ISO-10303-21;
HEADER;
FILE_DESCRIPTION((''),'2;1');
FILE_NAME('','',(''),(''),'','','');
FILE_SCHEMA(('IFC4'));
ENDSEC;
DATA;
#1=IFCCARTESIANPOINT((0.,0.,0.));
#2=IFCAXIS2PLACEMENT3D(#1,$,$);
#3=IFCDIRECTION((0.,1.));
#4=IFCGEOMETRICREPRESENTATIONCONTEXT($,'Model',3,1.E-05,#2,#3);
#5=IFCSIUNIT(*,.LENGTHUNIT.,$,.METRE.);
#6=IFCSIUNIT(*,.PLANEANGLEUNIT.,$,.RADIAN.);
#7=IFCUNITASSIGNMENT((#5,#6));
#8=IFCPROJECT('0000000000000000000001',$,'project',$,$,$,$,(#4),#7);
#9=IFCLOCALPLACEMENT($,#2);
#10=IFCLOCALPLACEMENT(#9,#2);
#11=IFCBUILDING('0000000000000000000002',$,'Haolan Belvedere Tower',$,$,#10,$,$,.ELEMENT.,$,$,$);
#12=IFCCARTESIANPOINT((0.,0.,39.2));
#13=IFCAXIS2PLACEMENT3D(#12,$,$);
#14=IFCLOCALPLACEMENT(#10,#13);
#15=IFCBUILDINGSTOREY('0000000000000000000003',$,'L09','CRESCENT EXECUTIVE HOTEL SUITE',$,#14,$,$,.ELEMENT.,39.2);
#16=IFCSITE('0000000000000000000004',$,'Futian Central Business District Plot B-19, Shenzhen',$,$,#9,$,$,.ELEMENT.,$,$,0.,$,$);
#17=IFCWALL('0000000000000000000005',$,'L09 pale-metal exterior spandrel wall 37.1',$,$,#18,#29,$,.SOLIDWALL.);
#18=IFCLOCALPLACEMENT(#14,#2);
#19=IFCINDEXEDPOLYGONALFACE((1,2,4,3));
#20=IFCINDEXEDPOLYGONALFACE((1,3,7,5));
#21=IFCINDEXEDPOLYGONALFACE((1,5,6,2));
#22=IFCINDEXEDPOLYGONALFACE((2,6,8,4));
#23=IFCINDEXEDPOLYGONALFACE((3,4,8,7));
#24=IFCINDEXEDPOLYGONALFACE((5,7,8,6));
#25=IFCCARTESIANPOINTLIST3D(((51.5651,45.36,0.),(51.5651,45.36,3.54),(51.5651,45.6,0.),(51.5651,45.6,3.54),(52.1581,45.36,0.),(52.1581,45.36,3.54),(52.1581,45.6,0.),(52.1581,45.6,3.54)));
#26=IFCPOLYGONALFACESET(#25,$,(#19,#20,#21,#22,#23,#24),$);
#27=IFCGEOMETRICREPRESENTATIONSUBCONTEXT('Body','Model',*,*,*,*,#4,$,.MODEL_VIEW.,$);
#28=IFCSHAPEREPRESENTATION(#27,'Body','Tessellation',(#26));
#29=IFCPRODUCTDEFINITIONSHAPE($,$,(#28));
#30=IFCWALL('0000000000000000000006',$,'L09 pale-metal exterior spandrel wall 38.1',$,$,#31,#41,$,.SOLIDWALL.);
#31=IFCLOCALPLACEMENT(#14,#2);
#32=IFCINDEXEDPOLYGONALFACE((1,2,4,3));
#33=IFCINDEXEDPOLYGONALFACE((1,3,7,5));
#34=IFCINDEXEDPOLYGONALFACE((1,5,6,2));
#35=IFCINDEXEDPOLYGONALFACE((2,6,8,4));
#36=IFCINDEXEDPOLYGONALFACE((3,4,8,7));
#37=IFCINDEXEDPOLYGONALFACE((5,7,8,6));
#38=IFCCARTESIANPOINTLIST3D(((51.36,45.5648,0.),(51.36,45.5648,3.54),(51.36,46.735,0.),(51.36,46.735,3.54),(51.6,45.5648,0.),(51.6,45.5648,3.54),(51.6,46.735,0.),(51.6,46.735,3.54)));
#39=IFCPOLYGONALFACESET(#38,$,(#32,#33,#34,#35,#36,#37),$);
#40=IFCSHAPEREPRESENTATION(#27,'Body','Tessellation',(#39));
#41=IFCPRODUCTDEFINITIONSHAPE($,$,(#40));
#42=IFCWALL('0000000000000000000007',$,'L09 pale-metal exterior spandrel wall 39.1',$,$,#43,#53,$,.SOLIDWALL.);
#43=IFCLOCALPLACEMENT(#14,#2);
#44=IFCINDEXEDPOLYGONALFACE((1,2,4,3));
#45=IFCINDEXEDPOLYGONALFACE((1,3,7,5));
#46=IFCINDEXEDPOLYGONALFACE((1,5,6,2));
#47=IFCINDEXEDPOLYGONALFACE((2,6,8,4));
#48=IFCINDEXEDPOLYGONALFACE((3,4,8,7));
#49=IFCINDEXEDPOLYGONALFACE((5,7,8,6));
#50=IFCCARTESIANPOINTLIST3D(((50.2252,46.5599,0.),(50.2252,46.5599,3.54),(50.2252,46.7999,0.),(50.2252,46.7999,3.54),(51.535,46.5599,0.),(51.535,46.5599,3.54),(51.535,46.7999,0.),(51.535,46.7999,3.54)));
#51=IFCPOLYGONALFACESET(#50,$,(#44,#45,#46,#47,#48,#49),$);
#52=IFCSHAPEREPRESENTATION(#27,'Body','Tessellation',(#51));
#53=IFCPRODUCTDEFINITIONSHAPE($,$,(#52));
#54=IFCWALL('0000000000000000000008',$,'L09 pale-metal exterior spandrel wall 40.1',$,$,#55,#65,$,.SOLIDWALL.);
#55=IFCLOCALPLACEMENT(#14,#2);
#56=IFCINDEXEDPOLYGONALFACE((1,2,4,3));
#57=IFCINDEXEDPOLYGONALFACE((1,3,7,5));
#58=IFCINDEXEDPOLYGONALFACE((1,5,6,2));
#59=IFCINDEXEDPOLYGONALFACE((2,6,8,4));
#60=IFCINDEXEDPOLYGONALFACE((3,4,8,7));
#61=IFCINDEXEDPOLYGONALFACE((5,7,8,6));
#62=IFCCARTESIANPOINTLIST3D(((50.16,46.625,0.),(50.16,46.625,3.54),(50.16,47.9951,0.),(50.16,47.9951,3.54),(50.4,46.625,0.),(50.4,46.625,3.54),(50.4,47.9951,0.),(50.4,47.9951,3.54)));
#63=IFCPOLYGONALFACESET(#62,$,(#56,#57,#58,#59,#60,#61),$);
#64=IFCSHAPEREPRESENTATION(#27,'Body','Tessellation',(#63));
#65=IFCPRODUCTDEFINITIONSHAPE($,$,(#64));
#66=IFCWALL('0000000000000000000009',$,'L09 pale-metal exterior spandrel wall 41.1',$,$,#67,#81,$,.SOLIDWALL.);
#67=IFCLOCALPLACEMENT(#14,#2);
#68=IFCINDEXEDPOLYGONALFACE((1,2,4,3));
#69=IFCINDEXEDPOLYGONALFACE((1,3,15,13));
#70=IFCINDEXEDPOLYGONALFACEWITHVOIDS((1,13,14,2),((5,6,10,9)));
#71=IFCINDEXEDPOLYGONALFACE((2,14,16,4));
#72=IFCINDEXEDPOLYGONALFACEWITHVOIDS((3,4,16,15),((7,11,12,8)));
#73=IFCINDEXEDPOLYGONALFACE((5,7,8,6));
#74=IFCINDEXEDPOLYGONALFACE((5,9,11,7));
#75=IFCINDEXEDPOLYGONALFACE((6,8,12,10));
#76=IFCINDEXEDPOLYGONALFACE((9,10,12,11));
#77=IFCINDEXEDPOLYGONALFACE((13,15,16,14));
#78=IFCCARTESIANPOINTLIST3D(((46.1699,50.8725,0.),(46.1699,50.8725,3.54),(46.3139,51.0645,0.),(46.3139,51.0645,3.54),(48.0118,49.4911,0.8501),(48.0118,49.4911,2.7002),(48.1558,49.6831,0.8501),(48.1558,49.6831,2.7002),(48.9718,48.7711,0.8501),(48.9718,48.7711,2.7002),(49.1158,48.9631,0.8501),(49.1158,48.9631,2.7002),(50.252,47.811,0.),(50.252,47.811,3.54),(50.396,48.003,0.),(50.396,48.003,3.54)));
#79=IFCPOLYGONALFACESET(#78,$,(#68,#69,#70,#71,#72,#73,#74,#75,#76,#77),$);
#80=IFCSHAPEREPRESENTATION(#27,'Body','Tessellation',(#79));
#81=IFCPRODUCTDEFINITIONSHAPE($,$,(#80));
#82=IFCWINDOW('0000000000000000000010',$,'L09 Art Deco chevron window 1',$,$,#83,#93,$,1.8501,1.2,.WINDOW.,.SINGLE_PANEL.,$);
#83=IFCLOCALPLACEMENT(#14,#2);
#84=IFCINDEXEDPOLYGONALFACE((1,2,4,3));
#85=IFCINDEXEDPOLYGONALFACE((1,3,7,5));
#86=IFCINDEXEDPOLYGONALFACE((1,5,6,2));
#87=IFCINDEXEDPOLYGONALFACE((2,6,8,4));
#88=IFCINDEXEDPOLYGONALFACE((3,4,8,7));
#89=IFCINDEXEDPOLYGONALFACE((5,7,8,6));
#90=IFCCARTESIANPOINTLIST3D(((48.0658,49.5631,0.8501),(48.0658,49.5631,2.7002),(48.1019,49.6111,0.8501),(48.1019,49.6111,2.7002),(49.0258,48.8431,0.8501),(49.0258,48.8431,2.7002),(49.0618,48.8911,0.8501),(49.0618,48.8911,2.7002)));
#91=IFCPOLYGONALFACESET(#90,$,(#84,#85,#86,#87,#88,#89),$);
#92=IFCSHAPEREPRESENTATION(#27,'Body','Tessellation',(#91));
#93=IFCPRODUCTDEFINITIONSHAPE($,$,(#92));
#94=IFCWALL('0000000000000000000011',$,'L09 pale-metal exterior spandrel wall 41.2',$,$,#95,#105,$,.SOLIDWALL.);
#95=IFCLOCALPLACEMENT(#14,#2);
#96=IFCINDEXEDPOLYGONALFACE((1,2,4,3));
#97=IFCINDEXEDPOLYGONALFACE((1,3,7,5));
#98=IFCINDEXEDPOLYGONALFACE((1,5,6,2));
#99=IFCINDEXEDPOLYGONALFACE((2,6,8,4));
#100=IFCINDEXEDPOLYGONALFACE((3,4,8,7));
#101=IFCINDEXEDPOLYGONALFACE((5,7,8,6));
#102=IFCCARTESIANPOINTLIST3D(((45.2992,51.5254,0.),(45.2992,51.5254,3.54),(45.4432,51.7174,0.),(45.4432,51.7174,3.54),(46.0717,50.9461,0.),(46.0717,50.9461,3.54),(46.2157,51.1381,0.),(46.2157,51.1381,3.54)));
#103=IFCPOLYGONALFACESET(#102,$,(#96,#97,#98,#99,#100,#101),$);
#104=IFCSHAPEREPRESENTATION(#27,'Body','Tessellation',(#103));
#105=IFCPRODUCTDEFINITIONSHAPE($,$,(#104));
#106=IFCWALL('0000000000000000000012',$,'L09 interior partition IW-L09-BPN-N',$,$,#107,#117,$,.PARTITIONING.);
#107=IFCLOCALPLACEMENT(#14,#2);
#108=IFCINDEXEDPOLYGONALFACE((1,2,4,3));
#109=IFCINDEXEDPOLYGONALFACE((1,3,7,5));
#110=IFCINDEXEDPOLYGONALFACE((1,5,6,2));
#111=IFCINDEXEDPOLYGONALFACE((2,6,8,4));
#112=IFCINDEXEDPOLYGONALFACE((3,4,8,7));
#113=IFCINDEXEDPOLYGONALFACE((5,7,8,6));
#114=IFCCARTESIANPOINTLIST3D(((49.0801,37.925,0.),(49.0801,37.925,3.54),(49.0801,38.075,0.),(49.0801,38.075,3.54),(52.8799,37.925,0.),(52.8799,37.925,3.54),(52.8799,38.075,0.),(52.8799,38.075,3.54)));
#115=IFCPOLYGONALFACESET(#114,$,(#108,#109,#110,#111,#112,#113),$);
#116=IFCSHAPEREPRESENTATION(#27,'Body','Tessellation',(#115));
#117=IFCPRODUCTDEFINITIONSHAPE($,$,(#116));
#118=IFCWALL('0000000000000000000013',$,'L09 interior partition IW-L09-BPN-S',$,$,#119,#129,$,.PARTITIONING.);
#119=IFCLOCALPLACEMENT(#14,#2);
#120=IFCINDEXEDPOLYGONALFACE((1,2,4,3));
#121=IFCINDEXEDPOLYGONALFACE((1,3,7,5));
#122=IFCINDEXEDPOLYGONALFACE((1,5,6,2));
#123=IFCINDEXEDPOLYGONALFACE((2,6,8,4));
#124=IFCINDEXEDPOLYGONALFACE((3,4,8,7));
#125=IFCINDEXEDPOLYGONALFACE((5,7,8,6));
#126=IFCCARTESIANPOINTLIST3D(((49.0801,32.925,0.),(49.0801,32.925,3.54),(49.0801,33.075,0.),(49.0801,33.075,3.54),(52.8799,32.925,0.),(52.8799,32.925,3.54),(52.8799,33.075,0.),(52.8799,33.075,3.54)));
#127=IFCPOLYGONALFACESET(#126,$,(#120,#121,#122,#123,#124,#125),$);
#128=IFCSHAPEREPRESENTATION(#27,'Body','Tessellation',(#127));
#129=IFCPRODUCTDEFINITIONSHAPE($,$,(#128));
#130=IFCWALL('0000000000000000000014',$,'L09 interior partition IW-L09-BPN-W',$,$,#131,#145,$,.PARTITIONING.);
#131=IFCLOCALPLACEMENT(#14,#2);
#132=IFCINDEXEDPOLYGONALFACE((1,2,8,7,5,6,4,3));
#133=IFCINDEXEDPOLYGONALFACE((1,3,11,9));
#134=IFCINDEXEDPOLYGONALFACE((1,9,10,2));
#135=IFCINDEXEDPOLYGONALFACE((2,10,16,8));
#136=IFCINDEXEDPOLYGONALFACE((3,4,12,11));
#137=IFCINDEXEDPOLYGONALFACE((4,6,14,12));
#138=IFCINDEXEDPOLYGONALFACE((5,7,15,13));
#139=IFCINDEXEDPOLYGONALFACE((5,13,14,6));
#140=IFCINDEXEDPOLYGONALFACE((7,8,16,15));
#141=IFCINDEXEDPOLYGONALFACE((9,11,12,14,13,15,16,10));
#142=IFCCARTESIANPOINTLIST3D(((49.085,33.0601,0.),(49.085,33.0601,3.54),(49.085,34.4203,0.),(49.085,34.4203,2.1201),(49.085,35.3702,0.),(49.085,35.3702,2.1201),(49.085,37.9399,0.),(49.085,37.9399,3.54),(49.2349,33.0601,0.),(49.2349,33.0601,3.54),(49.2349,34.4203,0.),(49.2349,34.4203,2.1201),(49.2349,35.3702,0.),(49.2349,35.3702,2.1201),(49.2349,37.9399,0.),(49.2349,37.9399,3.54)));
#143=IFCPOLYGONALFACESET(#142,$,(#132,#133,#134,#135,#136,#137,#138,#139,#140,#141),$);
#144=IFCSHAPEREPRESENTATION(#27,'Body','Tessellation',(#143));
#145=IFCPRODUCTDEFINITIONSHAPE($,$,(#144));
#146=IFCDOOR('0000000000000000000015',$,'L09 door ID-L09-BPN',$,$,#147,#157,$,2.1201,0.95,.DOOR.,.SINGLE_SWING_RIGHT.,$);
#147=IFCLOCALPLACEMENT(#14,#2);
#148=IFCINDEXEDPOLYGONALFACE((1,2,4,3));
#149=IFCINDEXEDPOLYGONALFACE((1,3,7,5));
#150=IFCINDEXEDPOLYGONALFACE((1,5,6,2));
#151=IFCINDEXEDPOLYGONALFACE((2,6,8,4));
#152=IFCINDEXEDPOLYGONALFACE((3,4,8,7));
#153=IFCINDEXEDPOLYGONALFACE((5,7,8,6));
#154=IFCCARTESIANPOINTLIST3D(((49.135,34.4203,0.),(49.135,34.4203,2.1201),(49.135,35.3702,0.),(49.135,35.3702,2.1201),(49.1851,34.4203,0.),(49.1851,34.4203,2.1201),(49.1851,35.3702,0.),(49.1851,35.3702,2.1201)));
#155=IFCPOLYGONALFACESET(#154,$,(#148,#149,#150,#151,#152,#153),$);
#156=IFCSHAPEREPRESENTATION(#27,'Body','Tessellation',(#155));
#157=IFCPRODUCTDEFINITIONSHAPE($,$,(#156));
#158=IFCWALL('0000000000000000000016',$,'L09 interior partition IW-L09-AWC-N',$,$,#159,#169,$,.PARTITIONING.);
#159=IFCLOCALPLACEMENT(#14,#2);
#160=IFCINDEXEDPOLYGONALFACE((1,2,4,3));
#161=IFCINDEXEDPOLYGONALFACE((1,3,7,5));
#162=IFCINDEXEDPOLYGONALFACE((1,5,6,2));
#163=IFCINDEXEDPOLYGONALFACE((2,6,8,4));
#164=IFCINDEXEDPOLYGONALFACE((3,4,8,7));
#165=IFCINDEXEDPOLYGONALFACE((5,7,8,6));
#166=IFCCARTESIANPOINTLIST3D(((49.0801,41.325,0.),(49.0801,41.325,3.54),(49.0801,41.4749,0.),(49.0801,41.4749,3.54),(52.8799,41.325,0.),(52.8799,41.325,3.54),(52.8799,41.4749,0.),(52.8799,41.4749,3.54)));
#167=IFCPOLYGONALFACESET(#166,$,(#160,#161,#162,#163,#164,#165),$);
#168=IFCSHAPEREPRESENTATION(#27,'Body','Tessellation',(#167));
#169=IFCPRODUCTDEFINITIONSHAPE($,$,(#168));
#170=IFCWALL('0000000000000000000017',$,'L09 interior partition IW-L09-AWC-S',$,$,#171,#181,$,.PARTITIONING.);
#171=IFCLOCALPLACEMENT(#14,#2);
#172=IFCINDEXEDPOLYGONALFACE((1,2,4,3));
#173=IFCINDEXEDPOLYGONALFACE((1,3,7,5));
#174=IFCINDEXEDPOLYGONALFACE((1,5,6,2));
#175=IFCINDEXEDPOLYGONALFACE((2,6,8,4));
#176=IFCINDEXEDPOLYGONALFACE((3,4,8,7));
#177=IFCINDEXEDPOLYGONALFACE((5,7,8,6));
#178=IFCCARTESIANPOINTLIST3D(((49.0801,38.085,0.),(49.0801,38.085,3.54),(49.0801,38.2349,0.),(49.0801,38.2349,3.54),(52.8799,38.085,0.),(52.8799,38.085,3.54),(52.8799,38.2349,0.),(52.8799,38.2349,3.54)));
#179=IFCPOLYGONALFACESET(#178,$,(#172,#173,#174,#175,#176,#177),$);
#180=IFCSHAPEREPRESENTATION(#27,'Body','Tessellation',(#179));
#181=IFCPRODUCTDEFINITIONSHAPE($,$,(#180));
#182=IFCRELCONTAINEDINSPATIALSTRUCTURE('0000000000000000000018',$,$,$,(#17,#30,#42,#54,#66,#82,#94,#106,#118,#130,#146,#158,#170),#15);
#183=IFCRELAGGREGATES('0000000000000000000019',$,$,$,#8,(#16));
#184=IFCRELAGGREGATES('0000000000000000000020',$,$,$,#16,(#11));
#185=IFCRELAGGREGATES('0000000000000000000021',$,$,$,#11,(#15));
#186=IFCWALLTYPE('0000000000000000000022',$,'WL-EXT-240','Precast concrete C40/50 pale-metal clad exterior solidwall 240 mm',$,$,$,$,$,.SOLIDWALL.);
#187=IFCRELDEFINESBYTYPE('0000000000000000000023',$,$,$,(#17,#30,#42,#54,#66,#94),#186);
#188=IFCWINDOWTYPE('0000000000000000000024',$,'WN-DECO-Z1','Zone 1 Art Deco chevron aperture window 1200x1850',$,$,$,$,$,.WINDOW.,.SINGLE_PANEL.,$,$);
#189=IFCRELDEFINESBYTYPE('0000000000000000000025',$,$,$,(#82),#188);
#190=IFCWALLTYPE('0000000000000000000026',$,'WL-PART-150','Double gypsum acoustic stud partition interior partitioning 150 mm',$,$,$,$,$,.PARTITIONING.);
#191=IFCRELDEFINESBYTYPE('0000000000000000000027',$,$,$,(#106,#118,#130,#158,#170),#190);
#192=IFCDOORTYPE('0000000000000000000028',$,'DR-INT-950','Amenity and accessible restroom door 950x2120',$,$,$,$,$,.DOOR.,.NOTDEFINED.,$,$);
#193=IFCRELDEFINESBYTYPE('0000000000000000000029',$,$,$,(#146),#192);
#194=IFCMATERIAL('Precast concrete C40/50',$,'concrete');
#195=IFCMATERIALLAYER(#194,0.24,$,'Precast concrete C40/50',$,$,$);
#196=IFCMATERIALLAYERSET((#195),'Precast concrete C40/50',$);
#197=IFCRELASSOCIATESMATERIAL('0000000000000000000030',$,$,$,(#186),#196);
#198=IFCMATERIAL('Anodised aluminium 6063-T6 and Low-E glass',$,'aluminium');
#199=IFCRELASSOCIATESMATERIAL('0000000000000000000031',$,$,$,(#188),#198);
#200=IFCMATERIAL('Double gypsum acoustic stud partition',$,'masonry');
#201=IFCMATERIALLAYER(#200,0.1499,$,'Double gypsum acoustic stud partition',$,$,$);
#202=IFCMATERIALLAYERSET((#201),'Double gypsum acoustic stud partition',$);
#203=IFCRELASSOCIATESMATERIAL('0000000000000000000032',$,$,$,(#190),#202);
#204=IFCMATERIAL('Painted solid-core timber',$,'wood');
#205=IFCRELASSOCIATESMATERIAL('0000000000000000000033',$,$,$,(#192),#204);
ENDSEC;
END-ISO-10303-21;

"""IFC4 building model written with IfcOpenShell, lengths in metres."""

from ifc_helpers import new_model, si_unit, direction, frame, frame_2d, origin, place, context, subcontext, project, spatial, rectangle, extrude, material, layer, layer_set, type_object, element, fill, save


model = new_model("IFC4")

# Units and contexts
model_context = context("Model", 3, precision=1e-05, world=origin(), true_north=direction((0.0, 1.0)))
body_context = subcontext(model_context, "Body", "Model", "MODEL_VIEW")
ifc_project = project(units=[si_unit("LENGTHUNIT", "METRE"), si_unit("PLANEANGLEUNIT", "RADIAN")], contexts=[model_context])

# Site, building, storey
site_placement = place(None, origin())
site = spatial("IfcSite", under=ifc_project, at=site_placement, Name="Futian Central Business District Plot B-19, Shenzhen", CompositionType="ELEMENT", RefElevation=0.0)
building_placement = place(site_placement, origin())
building = spatial("IfcBuilding", under=site, at=building_placement, Name="Haolan Belvedere Tower", CompositionType="ELEMENT")
storey_placement = place(building_placement, frame((0.0, 0.0, 39.2)))
storey = spatial("IfcBuildingStorey", under=building, at=storey_placement, Name="L09", Description="CRESCENT EXECUTIVE HOTEL SUITE", CompositionType="ELEMENT", Elevation=39.2)

# Walls
ifc_material_1 = material(Name="Precast concrete C40/50", Category="concrete")
ifc_layer_1 = layer(ifc_material_1, 0.24, Name="Precast concrete C40/50")
ifc_layer_set_1 = layer_set([ifc_layer_1], Name="Precast concrete C40/50")
wall_type_1 = type_object("IfcWallType", Name="WL-EXT-240", Description="Precast concrete C40/50 pale-metal clad exterior solidwall 240 mm", PredefinedType="SOLIDWALL", material=ifc_layer_set_1)
wall_1_placement = place(storey_placement, frame((52.158, 45.48, 0.0), z_axis=(0.0, 0.0, 1.0), x_axis=(-1.0, 0.0, 0.0)))
element("IfcWall", 1, at=wall_1_placement, inside=storey, type_object=wall_type_1, Name="L09 pale-metal exterior spandrel wall 37.1", PredefinedType="SOLIDWALL", context=body_context, shape_type="SweptSolid", body=[
    extrude(rectangle(XDim=0.593, YDim=0.24, at=frame_2d((0.2964, 0.0))), origin(), (0.0, 0.0, 1.0), 3.54),
])
wall_2_placement = place(storey_placement, frame((51.48, 45.5649, 0.0), z_axis=(0.0, 0.0, 1.0), x_axis=(0.0, 1.0, 0.0)))
element("IfcWall", 2, at=wall_2_placement, inside=storey, type_object=wall_type_1, Name="L09 pale-metal exterior spandrel wall 38.1", PredefinedType="SOLIDWALL", context=body_context, shape_type="SweptSolid", body=[
    extrude(rectangle(XDim=1.1702, YDim=0.24, at=frame_2d((0.585, 0.0))), origin(), (0.0, 0.0, 1.0), 3.54),
])
wall_3_placement = place(storey_placement, frame((51.5349, 46.6799, 0.0), z_axis=(0.0, 0.0, 1.0), x_axis=(-1.0, 0.0, 0.0)))
element("IfcWall", 3, at=wall_3_placement, inside=storey, type_object=wall_type_1, Name="L09 pale-metal exterior spandrel wall 39.1", PredefinedType="SOLIDWALL", context=body_context, shape_type="SweptSolid", body=[
    extrude(rectangle(XDim=1.3098, YDim=0.24, at=frame_2d((0.6548, 0.0))), origin(), (0.0, 0.0, 1.0), 3.54),
])
wall_4_placement = place(storey_placement, frame((50.28, 46.625, 0.0), z_axis=(0.0, 0.0, 1.0), x_axis=(0.0, 1.0, 0.0)))
element("IfcWall", 4, at=wall_4_placement, inside=storey, type_object=wall_type_1, Name="L09 pale-metal exterior spandrel wall 40.1", PredefinedType="SOLIDWALL", context=body_context, shape_type="SweptSolid", body=[
    extrude(rectangle(XDim=1.3701, YDim=0.24, at=frame_2d((0.6851, 0.0))), origin(), (0.0, 0.0, 1.0), 3.54),
])

# Wall, opening, window
wall_5_placement = place(storey_placement, frame((50.324, 47.907, 0.0), z_axis=(0.0, 0.0, 1.0), x_axis=(-0.8, 0.6, 0.0)))
wall_5 = element("IfcWall", 5, at=wall_5_placement, inside=storey, type_object=wall_type_1, Name="L09 pale-metal exterior spandrel wall 41.1", PredefinedType="SOLIDWALL", context=body_context, shape_type="SweptSolid", body=[
    extrude(rectangle(XDim=5.1025, YDim=0.24, at=frame_2d((2.5513, 0.0))), origin(), (0.0, 0.0, 1.0), 3.54),
])
opening_1_placement = place(wall_5_placement, frame((1.6001, 0.0, 0.8501)))
opening_1 = element("IfcOpeningElement", 6, at=opening_1_placement, cuts=wall_5, PredefinedType="OPENING", context=body_context, shape_type="SweptSolid", body=[
    extrude(rectangle(XDim=1.2, YDim=1.8501, at=frame_2d((0.6001, 0.925))), frame((0.0, 0.1299, 0.0), z_axis=(0.0, -1.0, 0.0), x_axis=(1.0, 0.0, 0.0)), (0.0, 0.0, 1.0), 0.26),
])
ifc_material_2 = material(Name="Anodised aluminium 6063-T6 and Low-E glass", Category="aluminium")
window_type = type_object("IfcWindowType", Name="WN-DECO-Z1", Description="Zone 1 Art Deco chevron aperture window 1200x1850", PartitioningType="SINGLE_PANEL", PredefinedType="WINDOW", material=ifc_material_2)
window_placement = place(opening_1_placement, origin())
window = element("IfcWindow", 7, at=window_placement, inside=storey, type_object=window_type, Name="L09 Art Deco chevron window 1", OverallHeight=1.8501, OverallWidth=1.2, PartitioningType="SINGLE_PANEL", PredefinedType="WINDOW", context=body_context, shape_type="SweptSolid", body=[
    extrude(rectangle(XDim=1.2, YDim=1.8501, at=frame_2d((0.6001, 0.925))), frame((0.0, 0.03, 0.0), z_axis=(0.0, -1.0, 0.0), x_axis=(1.0, 0.0, 0.0)), (0.0, 0.0, 1.0), 0.0601),
])
fill(opening_1, window)

# Walls
wall_6_placement = place(storey_placement, frame((46.1438, 51.042, 0.0), z_axis=(0.0, 0.0, 1.0), x_axis=(-0.8, 0.6, 0.0)))
element("IfcWall", 8, at=wall_6_placement, inside=storey, type_object=wall_type_1, Name="L09 pale-metal exterior spandrel wall 41.2", PredefinedType="SOLIDWALL", context=body_context, shape_type="SweptSolid", body=[
    extrude(rectangle(XDim=0.9656, YDim=0.24, at=frame_2d((0.4829, 0.0))), origin(), (0.0, 0.0, 1.0), 3.54),
])
ifc_material_3 = material(Name="Double gypsum acoustic stud partition", Category="masonry")
ifc_layer_2 = layer(ifc_material_3, 0.1499, Name="Double gypsum acoustic stud partition")
ifc_layer_set_2 = layer_set([ifc_layer_2], Name="Double gypsum acoustic stud partition")
wall_type_2 = type_object("IfcWallType", Name="WL-PART-150", Description="Double gypsum acoustic stud partition interior partitioning 150 mm", PredefinedType="PARTITIONING", material=ifc_layer_set_2)
for number, where, z_axis, x_axis, name in (
    (9, (49.0801, 38.0, 0.0), (0.0, 0.0, 1.0), (1.0, 0.0, 0.0), "L09 interior partition IW-L09-BPN-N"),
    (10, (49.0801, 33.0, 0.0), (0.0, 0.0, 1.0), (1.0, 0.0, 0.0), "L09 interior partition IW-L09-BPN-S"),
):
    element("IfcWall", number, at=place(storey_placement, frame(where, z_axis=z_axis, x_axis=x_axis)), inside=storey, type_object=wall_type_2, Name=name, PredefinedType="PARTITIONING", context=body_context, shape_type="SweptSolid", body=[
        extrude(rectangle(XDim=3.7998, YDim=0.1499, at=frame_2d((1.8999, 0.0))), origin(), (0.0, 0.0, 1.0), 3.54),
    ])

# Wall, opening, door
wall_7_placement = place(storey_placement, frame((49.1599, 33.0601, 0.0), z_axis=(0.0, 0.0, 1.0), x_axis=(0.0, 1.0, 0.0)))
wall_7 = element("IfcWall", 11, at=wall_7_placement, inside=storey, type_object=wall_type_2, Name="L09 interior partition IW-L09-BPN-W", PredefinedType="PARTITIONING", context=body_context, shape_type="SweptSolid", body=[
    extrude(rectangle(XDim=4.8799, YDim=0.1499, at=frame_2d((2.4399, 0.0))), origin(), (0.0, 0.0, 1.0), 3.54),
])
opening_2_placement = place(wall_7_placement, frame((1.3601, 0.0, 0.0)))
opening_2 = element("IfcOpeningElement", 12, at=opening_2_placement, cuts=wall_7, PredefinedType="OPENING", context=body_context, shape_type="SweptSolid", body=[
    extrude(rectangle(XDim=0.95, YDim=2.1201, at=frame_2d((0.4751, 1.0601))), frame((0.0, 0.085, 0.0), z_axis=(0.0, -1.0, 0.0), x_axis=(1.0, 0.0, 0.0)), (0.0, 0.0, 1.0), 0.1699),
])
ifc_material_4 = material(Name="Painted solid-core timber", Category="wood")
door_type = type_object("IfcDoorType", Name="DR-INT-950", Description="Amenity and accessible restroom door 950x2120", OperationType="NOTDEFINED", PredefinedType="DOOR", material=ifc_material_4)
door_1_placement = place(opening_2_placement, origin())
door_1 = element("IfcDoor", 13, at=door_1_placement, inside=storey, type_object=door_type, Name="L09 door ID-L09-BPN", OperationType="SINGLE_SWING_RIGHT", OverallHeight=2.1201, OverallWidth=0.95, PredefinedType="DOOR", context=body_context, shape_type="SweptSolid", body=[
    extrude(rectangle(XDim=0.95, YDim=2.1201, at=frame_2d((0.4751, 1.0601))), frame((0.0, 0.0249, 0.0), z_axis=(0.0, -1.0, 0.0), x_axis=(1.0, 0.0, 0.0)), (0.0, 0.0, 1.0), 0.05),
])
fill(opening_2, door_1)

# Walls
for number, where, z_axis, x_axis, name in (
    (14, (49.0801, 41.3999, 0.0), (0.0, 0.0, 1.0), (1.0, 0.0, 0.0), "L09 interior partition IW-L09-AWC-N"),
    (15, (49.0801, 38.1599, 0.0), (0.0, 0.0, 1.0), (1.0, 0.0, 0.0), "L09 interior partition IW-L09-AWC-S"),
):
    element("IfcWall", number, at=place(storey_placement, frame(where, z_axis=z_axis, x_axis=x_axis)), inside=storey, type_object=wall_type_2, Name=name, PredefinedType="PARTITIONING", context=body_context, shape_type="SweptSolid", body=[
        extrude(rectangle(XDim=3.7998, YDim=0.1499, at=frame_2d((1.8999, 0.0))), origin(), (0.0, 0.0, 1.0), 3.54),
    ])

save(model, "model.ifc")
